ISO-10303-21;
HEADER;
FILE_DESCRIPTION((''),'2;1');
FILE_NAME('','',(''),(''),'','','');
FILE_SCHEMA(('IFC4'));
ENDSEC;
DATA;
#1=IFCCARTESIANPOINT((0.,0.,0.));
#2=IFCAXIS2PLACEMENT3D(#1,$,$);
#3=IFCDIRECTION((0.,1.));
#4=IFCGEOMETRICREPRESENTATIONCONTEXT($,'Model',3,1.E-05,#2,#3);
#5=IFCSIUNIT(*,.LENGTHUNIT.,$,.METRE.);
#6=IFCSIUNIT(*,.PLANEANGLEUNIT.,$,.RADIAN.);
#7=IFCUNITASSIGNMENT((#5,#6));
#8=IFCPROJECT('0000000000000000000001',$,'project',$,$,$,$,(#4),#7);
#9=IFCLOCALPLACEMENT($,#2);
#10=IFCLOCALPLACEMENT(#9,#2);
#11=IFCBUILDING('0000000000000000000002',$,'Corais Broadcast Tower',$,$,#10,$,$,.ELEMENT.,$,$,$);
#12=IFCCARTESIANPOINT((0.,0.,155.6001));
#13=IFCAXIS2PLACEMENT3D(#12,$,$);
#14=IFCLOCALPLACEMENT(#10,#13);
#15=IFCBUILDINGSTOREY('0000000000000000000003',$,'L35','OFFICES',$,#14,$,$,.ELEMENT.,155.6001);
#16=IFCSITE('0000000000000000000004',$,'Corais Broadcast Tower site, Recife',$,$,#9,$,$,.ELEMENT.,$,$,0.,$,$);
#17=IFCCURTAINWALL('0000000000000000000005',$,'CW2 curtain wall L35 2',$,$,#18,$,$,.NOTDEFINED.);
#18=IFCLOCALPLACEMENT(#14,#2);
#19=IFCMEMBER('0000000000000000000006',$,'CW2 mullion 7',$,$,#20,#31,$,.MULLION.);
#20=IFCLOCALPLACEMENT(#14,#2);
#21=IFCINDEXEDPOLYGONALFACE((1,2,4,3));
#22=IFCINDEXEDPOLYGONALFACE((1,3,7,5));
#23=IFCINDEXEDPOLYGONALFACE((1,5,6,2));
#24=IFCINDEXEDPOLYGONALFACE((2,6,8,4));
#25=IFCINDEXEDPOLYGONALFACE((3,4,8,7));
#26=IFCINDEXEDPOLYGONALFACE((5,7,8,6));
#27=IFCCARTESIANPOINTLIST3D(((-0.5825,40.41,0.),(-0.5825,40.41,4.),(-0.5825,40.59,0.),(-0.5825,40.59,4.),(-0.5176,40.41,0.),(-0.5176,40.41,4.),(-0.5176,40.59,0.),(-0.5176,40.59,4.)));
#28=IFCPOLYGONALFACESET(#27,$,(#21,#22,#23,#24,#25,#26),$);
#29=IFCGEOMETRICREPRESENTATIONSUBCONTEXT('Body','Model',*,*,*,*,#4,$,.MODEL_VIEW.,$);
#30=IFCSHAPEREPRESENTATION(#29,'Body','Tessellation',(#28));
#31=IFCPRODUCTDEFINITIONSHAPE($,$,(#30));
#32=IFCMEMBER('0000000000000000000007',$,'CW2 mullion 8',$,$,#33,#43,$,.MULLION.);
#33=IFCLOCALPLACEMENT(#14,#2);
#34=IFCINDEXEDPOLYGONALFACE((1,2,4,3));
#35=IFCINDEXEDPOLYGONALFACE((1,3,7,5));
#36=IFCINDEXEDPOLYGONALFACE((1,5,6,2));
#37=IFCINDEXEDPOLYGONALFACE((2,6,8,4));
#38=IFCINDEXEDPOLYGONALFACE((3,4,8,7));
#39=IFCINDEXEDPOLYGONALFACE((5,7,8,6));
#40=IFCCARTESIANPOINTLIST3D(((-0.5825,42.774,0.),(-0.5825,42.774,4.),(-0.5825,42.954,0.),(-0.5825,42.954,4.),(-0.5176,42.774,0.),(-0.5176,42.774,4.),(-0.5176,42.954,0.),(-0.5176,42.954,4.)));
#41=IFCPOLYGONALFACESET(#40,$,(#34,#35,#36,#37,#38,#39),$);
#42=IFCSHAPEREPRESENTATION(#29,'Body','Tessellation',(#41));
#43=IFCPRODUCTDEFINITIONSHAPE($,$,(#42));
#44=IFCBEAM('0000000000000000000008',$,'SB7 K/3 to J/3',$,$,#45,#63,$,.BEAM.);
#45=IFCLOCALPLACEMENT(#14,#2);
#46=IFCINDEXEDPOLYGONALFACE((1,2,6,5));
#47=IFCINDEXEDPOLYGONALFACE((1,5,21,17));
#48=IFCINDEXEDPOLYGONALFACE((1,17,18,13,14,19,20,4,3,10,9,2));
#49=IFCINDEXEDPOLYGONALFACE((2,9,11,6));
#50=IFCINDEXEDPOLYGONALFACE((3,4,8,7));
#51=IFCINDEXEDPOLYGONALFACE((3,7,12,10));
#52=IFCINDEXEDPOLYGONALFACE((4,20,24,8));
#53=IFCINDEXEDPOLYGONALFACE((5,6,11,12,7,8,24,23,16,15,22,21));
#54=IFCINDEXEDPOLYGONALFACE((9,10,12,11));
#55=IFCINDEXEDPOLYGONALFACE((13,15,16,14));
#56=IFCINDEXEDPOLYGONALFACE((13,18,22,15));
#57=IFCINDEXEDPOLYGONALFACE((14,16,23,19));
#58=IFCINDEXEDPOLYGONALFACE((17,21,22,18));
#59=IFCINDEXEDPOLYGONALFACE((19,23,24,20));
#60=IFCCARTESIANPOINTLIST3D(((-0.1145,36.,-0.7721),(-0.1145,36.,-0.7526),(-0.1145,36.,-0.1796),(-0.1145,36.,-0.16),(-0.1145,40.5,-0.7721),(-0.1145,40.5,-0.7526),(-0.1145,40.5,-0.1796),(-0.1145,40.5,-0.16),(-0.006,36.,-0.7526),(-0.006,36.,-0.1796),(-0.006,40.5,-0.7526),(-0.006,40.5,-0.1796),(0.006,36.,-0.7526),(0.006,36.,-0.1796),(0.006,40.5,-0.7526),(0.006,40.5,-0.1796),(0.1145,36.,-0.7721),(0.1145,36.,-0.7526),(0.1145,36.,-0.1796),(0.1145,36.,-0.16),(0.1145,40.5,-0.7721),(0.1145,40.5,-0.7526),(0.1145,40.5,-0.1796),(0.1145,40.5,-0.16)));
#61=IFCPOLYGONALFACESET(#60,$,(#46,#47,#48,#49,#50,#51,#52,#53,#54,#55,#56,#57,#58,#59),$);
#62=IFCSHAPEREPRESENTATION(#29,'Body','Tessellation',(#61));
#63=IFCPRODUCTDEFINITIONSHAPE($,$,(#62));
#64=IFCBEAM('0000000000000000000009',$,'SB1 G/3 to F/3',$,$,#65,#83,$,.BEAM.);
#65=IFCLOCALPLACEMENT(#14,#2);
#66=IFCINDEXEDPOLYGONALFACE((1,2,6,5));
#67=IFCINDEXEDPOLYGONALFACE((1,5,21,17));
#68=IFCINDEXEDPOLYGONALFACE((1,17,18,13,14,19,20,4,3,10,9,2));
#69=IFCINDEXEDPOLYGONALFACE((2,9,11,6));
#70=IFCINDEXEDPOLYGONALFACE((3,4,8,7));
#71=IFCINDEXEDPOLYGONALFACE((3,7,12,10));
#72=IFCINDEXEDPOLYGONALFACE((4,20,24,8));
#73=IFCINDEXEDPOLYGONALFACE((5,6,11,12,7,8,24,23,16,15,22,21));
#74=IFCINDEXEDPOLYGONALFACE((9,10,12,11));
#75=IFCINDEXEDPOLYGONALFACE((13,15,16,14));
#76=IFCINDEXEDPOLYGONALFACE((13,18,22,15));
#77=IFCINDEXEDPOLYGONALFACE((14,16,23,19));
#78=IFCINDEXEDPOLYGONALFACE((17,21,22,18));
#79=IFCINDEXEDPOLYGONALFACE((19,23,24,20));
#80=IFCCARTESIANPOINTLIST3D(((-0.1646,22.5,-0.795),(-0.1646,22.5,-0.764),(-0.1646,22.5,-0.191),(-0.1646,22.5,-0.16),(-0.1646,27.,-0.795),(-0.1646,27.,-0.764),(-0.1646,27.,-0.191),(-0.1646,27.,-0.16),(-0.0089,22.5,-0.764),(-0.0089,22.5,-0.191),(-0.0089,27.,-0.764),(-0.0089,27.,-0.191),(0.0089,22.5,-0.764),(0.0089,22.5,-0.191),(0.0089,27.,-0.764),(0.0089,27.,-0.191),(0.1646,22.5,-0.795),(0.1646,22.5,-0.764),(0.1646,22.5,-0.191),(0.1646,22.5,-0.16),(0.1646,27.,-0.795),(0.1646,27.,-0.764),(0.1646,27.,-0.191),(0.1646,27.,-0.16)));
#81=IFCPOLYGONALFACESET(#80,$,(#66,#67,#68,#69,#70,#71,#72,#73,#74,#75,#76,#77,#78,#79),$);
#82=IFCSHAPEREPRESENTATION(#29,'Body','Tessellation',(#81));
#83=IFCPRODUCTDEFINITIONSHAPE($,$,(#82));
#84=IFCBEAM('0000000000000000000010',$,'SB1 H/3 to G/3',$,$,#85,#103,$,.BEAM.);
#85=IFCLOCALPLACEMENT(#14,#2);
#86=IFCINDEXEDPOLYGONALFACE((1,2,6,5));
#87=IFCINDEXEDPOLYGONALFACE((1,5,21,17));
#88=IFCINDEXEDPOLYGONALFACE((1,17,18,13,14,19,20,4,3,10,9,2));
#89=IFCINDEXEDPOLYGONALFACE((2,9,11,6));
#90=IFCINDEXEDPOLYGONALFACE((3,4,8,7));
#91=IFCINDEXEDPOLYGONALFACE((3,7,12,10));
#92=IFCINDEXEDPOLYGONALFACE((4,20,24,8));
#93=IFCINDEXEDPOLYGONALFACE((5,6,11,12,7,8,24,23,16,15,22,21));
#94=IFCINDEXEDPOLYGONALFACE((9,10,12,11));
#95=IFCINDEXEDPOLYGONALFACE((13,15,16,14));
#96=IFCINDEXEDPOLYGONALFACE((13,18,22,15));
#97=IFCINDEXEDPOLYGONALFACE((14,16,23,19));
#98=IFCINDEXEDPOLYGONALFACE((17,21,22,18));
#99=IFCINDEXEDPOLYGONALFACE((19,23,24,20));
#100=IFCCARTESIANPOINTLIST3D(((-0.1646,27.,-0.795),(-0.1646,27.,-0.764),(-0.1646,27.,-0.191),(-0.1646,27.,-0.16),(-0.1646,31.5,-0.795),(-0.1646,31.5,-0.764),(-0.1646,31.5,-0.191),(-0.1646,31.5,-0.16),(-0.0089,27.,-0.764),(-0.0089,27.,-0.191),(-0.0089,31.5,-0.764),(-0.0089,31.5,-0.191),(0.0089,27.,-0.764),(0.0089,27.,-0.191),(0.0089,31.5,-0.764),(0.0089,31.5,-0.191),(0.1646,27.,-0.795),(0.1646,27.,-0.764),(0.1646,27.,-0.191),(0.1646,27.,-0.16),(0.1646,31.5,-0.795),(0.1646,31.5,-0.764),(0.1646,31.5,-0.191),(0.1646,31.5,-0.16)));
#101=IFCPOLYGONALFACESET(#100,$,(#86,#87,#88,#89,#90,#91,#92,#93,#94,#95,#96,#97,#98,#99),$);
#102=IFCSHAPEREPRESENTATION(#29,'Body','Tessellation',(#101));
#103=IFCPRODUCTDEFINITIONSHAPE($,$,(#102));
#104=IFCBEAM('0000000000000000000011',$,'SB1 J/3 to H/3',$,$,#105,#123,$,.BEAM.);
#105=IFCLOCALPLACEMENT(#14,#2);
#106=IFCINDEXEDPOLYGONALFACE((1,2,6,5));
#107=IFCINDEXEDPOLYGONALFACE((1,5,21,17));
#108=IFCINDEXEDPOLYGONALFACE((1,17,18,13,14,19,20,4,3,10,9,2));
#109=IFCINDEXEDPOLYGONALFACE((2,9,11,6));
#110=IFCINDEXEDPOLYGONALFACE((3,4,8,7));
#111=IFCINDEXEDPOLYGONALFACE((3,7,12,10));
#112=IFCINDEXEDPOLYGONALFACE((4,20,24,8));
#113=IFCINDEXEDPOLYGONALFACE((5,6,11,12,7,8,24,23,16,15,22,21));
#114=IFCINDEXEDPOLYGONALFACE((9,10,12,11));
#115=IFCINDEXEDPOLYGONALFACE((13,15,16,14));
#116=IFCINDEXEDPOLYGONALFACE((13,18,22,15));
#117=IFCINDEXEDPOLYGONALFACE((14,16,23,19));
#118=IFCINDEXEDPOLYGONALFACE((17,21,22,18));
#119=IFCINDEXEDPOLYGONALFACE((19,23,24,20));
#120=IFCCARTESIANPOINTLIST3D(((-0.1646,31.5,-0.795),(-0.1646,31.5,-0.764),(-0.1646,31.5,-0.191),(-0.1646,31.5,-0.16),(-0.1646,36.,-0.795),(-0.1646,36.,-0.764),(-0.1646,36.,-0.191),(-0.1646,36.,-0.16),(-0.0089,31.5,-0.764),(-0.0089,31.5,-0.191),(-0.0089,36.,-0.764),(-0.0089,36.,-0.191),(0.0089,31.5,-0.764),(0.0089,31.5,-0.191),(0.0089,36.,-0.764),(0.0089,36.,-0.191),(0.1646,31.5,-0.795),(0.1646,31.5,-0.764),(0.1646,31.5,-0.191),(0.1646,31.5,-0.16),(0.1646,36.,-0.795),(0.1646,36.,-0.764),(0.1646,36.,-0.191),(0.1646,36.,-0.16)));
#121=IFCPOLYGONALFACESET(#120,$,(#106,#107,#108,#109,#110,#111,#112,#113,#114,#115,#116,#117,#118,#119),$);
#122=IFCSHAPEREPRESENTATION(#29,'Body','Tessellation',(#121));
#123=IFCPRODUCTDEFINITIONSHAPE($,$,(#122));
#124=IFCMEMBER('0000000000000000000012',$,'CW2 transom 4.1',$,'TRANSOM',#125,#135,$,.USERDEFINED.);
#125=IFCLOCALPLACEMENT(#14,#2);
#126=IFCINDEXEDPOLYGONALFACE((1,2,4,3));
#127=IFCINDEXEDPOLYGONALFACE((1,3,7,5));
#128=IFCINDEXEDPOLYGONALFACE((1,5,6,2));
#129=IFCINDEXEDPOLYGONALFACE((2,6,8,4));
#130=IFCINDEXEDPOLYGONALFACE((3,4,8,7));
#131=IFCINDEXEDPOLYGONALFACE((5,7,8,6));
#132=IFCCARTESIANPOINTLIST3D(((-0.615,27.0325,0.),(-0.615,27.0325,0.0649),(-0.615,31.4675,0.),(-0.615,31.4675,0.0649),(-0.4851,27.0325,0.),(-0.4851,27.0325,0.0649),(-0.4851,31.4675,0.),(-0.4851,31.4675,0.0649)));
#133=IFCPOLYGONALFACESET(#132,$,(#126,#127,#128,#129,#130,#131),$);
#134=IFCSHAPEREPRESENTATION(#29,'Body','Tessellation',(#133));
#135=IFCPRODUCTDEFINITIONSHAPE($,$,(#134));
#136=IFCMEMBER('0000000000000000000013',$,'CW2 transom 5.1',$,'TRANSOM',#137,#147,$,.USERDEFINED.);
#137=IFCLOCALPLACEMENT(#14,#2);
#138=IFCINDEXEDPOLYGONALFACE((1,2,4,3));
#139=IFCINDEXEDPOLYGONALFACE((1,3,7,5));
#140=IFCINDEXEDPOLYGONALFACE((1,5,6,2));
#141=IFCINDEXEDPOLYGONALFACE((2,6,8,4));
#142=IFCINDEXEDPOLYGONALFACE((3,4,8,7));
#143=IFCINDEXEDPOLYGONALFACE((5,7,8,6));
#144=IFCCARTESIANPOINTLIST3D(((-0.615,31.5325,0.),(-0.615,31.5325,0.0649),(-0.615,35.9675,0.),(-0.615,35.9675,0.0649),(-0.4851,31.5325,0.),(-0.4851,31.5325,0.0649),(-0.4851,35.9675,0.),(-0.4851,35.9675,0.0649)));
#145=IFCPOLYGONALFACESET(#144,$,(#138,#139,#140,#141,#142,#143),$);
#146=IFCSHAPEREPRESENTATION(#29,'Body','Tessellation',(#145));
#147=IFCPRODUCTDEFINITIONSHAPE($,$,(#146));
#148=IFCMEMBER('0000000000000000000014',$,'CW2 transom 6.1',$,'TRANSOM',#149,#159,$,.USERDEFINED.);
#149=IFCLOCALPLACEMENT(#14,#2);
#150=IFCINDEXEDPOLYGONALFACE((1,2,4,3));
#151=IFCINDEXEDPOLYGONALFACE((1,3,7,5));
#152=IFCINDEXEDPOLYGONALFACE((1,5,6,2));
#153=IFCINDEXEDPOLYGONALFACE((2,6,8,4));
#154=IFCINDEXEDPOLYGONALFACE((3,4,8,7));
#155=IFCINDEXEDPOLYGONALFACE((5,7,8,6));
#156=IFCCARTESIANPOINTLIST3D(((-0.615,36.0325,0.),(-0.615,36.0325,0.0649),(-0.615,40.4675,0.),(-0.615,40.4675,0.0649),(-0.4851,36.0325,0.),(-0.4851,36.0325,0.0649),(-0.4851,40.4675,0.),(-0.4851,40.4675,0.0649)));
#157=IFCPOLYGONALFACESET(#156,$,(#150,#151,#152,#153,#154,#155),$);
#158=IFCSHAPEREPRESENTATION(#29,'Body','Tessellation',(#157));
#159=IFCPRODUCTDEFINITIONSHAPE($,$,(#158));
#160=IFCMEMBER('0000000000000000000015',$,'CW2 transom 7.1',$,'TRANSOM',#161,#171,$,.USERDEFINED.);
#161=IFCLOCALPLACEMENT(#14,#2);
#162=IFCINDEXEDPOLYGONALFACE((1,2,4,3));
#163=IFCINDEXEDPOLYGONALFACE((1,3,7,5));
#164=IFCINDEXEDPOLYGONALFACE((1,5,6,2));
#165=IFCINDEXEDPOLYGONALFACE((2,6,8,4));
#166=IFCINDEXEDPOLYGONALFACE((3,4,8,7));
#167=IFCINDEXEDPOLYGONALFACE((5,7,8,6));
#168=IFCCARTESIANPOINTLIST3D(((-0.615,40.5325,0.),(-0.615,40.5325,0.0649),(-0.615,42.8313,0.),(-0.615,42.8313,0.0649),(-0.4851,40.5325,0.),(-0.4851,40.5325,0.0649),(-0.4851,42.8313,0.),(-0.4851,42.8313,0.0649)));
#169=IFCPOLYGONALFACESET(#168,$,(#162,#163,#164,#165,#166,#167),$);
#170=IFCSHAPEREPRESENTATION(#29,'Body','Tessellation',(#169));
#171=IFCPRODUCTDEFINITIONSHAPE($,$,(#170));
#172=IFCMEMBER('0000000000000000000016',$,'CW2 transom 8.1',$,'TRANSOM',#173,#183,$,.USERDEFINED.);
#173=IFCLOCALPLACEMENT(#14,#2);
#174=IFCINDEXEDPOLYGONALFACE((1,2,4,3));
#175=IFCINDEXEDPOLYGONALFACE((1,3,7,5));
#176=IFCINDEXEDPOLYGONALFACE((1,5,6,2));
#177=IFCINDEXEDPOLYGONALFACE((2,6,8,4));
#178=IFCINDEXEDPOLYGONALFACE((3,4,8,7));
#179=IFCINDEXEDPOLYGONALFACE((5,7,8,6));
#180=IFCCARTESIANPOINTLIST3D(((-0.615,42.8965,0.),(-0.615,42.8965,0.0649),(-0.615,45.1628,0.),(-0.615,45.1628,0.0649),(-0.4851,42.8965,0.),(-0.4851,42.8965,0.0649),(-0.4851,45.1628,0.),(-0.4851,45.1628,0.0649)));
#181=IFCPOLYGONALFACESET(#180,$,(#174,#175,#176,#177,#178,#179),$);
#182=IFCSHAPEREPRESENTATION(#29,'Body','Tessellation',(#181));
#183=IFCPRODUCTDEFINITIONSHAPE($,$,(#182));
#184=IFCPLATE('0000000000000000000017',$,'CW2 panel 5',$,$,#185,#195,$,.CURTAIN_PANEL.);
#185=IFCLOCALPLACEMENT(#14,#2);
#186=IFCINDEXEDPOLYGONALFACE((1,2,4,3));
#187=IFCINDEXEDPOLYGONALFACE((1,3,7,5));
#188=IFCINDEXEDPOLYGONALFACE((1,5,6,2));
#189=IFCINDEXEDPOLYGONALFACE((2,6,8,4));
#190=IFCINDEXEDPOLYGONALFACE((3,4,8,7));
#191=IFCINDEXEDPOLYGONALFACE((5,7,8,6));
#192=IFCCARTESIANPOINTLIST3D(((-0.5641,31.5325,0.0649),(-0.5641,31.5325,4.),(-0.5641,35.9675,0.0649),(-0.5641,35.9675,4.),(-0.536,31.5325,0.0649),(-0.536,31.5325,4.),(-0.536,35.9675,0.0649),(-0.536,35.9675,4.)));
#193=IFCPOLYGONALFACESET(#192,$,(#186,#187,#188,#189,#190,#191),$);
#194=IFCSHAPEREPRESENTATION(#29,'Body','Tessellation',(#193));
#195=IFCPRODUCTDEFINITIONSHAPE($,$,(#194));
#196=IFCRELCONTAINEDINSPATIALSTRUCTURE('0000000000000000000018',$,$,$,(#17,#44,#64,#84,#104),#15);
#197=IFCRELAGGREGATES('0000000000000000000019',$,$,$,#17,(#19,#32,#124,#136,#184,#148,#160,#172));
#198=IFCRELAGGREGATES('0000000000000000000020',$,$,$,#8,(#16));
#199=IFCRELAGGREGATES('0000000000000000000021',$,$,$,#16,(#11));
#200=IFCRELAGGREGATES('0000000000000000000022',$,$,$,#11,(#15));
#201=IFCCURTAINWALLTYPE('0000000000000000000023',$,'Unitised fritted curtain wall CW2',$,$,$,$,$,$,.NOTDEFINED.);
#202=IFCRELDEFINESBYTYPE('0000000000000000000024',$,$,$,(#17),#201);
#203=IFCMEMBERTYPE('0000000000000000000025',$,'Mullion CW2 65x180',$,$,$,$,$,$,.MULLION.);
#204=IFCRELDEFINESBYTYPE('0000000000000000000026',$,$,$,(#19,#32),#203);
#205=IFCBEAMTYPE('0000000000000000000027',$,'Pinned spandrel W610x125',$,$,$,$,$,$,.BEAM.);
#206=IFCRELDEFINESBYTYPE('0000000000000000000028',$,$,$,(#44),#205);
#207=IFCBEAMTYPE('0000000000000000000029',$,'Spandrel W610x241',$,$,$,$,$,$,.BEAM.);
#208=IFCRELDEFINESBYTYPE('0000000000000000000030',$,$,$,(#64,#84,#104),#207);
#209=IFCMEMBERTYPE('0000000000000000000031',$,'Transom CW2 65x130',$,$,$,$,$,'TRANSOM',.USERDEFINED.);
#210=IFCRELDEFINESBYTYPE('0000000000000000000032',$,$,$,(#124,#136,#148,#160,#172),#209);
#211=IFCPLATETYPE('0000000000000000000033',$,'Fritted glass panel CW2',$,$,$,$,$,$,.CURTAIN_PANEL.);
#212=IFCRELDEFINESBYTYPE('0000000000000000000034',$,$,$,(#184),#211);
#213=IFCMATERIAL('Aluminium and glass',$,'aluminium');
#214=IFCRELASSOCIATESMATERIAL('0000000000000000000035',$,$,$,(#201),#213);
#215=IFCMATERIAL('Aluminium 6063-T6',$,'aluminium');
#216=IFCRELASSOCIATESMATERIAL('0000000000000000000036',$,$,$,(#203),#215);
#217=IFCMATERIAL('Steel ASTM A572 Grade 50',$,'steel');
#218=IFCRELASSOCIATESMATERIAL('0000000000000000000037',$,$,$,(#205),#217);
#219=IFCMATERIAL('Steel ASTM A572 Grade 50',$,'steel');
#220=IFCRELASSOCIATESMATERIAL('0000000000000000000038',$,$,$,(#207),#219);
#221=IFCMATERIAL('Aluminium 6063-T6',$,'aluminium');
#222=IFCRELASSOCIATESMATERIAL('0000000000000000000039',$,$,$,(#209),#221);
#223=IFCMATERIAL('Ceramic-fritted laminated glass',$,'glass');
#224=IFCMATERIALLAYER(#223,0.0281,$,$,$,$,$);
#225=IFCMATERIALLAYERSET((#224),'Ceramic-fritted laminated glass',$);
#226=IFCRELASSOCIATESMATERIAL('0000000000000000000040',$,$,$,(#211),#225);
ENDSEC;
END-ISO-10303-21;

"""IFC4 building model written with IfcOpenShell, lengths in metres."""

from ifc_helpers import new_model, si_unit, direction, frame, origin, origin_2d, place, context, subcontext, project, spatial, rectangle, i_section, extrude, material, layer, layer_set, material_profile, profile_set, type_object, element, aggregate, save


model = new_model("IFC4")

# Units and contexts
model_context = context("Model", 3, precision=1e-05, world=origin(), true_north=direction((0.0, 1.0)))
body_context = subcontext(model_context, "Body", "Model", "MODEL_VIEW")
ifc_project = project(units=[si_unit("LENGTHUNIT", "METRE"), si_unit("PLANEANGLEUNIT", "RADIAN")], contexts=[model_context])

# Site, building, storey
site_placement = place(None, origin())
site = spatial("IfcSite", under=ifc_project, at=site_placement, Name="Corais Broadcast Tower site, Recife", CompositionType="ELEMENT", RefElevation=0.0)
building_placement = place(site_placement, origin())
building = spatial("IfcBuilding", under=site, at=building_placement, Name="Corais Broadcast Tower", CompositionType="ELEMENT")
storey_placement = place(building_placement, frame((0.0, 0.0, 155.6001)))
storey = spatial("IfcBuildingStorey", under=building, at=storey_placement, Name="L35", Description="OFFICES", CompositionType="ELEMENT", Elevation=155.6001)

# Curtain wall, members
ifc_material_1 = material(Name="Aluminium and glass", Category="aluminium")
curtain_wall_type = type_object("IfcCurtainWallType", Name="Unitised fritted curtain wall CW2", PredefinedType="NOTDEFINED", material=ifc_material_1)
curtain_wall_placement = place(storey_placement, origin())
curtain_wall = element("IfcCurtainWall", 1, at=curtain_wall_placement, inside=storey, type_object=curtain_wall_type, Name="CW2 curtain wall L35 2", PredefinedType="NOTDEFINED")
ifc_material_2 = material(Name="Aluminium 6063-T6", Category="aluminium")
ifc_material_profile_1 = material_profile(ifc_material_2, rectangle(XDim=0.0649, YDim=0.1799, at=origin_2d()), Name="Mullion CW2 65x180")
ifc_profile_set_1 = profile_set([ifc_material_profile_1], Name="Aluminium 6063-T6")
member_type_1 = type_object("IfcMemberType", Name="Mullion CW2 65x180", PredefinedType="MULLION", material=ifc_profile_set_1)
member_1_placement = place(storey_placement, frame((-0.55, 40.5, 0.0), z_axis=(0.0, 0.0, 1.0), x_axis=(-1.0, 0.0, 0.0)))
member_1 = element("IfcMember", 2, at=member_1_placement, type_object=member_type_1, Name="CW2 mullion 7", PredefinedType="MULLION", context=body_context, shape_type="SweptSolid", body=[
    extrude(rectangle(XDim=0.0649, YDim=0.1799, at=origin_2d()), origin(), (0.0, 0.0, 1.0), 4.0),
])
member_2_placement = place(storey_placement, frame((-0.55, 42.864, 0.0), z_axis=(0.0, 0.0, 1.0), x_axis=(-1.0, 0.0, 0.0)))
member_2 = element("IfcMember", 3, at=member_2_placement, type_object=member_type_1, Name="CW2 mullion 8", PredefinedType="MULLION", context=body_context, shape_type="SweptSolid", body=[
    extrude(rectangle(XDim=0.0649, YDim=0.1799, at=origin_2d()), origin(), (0.0, 0.0, 1.0), 4.0),
])

# Beams
ifc_material_3 = material(Name="Steel ASTM A572 Grade 50", Category="steel")
ifc_material_profile_2 = material_profile(ifc_material_3, i_section(OverallWidth=0.229, OverallDepth=0.6121, WebThickness=0.012, FlangeThickness=0.0195, at=origin_2d()), Name="W610x125")
ifc_profile_set_2 = profile_set([ifc_material_profile_2], Name="Steel ASTM A572 Grade 50")
beam_type_1 = type_object("IfcBeamType", Name="Pinned spandrel W610x125", PredefinedType="BEAM", material=ifc_profile_set_2)
beam_placement = place(storey_placement, frame((0.0, 40.5, -0.4661), z_axis=(0.0, -1.0, 0.0), x_axis=(1.0, 0.0, 0.0)))
element("IfcBeam", 4, at=beam_placement, inside=storey, type_object=beam_type_1, Name="SB7 K/3 to J/3", PredefinedType="BEAM", context=body_context, shape_type="SweptSolid", body=[
    extrude(i_section(OverallWidth=0.229, OverallDepth=0.6121, WebThickness=0.012, FlangeThickness=0.0195, at=origin_2d()), origin(), (0.0, 0.0, 1.0), 4.5),
])
ifc_material_4 = material(Name="Steel ASTM A572 Grade 50", Category="steel")
ifc_material_profile_3 = material_profile(ifc_material_4, i_section(OverallWidth=0.3291, OverallDepth=0.635, WebThickness=0.0178, FlangeThickness=0.031, at=origin_2d()), Name="W610x241")
ifc_profile_set_3 = profile_set([ifc_material_profile_3], Name="Steel ASTM A572 Grade 50")
beam_type_2 = type_object("IfcBeamType", Name="Spandrel W610x241", PredefinedType="BEAM", material=ifc_profile_set_3)
for number, where, z_axis, x_axis, name in (
    (5, (0.0, 27.0, -0.4775), (0.0, -1.0, 0.0), (1.0, 0.0, 0.0), "SB1 G/3 to F/3"),
    (6, (0.0, 31.5, -0.4775), (0.0, -1.0, 0.0), (1.0, 0.0, 0.0), "SB1 H/3 to G/3"),
    (7, (0.0, 36.0, -0.4775), (0.0, -1.0, 0.0), (1.0, 0.0, 0.0), "SB1 J/3 to H/3"),
):
    element("IfcBeam", number, at=place(storey_placement, frame(where, z_axis=z_axis, x_axis=x_axis)), inside=storey, type_object=beam_type_2, Name=name, PredefinedType="BEAM", context=body_context, shape_type="SweptSolid", body=[
        extrude(i_section(OverallWidth=0.3291, OverallDepth=0.635, WebThickness=0.0178, FlangeThickness=0.031, at=origin_2d()), origin(), (0.0, 0.0, 1.0), 4.5),
    ])

# Members
ifc_material_5 = material(Name="Aluminium 6063-T6", Category="aluminium")
ifc_material_profile_4 = material_profile(ifc_material_5, rectangle(XDim=0.1299, YDim=0.0649, at=origin_2d()), Name="Transom CW2 65x130")
ifc_profile_set_4 = profile_set([ifc_material_profile_4], Name="Aluminium 6063-T6")
member_type_2 = type_object("IfcMemberType", Name="Transom CW2 65x130", ElementType="TRANSOM", PredefinedType="USERDEFINED", material=ifc_profile_set_4)
member_3_placement = place(storey_placement, frame((-0.55, 27.0325, 0.0325), z_axis=(0.0, 1.0, 0.0), x_axis=(-1.0, 0.0, 0.0)))
member_3 = element("IfcMember", 8, at=member_3_placement, type_object=member_type_2, Name="CW2 transom 4.1", ObjectType="TRANSOM", PredefinedType="USERDEFINED", context=body_context, shape_type="SweptSolid", body=[
    extrude(rectangle(XDim=0.1299, YDim=0.0649, at=origin_2d()), origin(), (0.0, 0.0, 1.0), 4.4351),
])
member_4_placement = place(storey_placement, frame((-0.55, 31.5325, 0.0325), z_axis=(0.0, 1.0, 0.0), x_axis=(-1.0, 0.0, 0.0)))
member_4 = element("IfcMember", 9, at=member_4_placement, type_object=member_type_2, Name="CW2 transom 5.1", ObjectType="TRANSOM", PredefinedType="USERDEFINED", context=body_context, shape_type="SweptSolid", body=[
    extrude(rectangle(XDim=0.1299, YDim=0.0649, at=origin_2d()), origin(), (0.0, 0.0, 1.0), 4.4351),
])
member_5_placement = place(storey_placement, frame((-0.55, 36.0325, 0.0325), z_axis=(0.0, 1.0, 0.0), x_axis=(-1.0, 0.0, 0.0)))
member_5 = element("IfcMember", 10, at=member_5_placement, type_object=member_type_2, Name="CW2 transom 6.1", ObjectType="TRANSOM", PredefinedType="USERDEFINED", context=body_context, shape_type="SweptSolid", body=[
    extrude(rectangle(XDim=0.1299, YDim=0.0649, at=origin_2d()), origin(), (0.0, 0.0, 1.0), 4.4351),
])
member_6_placement = place(storey_placement, frame((-0.55, 40.5325, 0.0325), z_axis=(0.0, 1.0, 0.0), x_axis=(-1.0, 0.0, 0.0)))
member_6 = element("IfcMember", 11, at=member_6_placement, type_object=member_type_2, Name="CW2 transom 7.1", ObjectType="TRANSOM", PredefinedType="USERDEFINED", context=body_context, shape_type="SweptSolid", body=[
    extrude(rectangle(XDim=0.1299, YDim=0.0649, at=origin_2d()), origin(), (0.0, 0.0, 1.0), 2.2988),
])
member_7_placement = place(storey_placement, frame((-0.55, 42.8965, 0.0325), z_axis=(0.0, 1.0, 0.0), x_axis=(-1.0, 0.0, 0.0)))
member_7 = element("IfcMember", 12, at=member_7_placement, type_object=member_type_2, Name="CW2 transom 8.1", ObjectType="TRANSOM", PredefinedType="USERDEFINED", context=body_context, shape_type="SweptSolid", body=[
    extrude(rectangle(XDim=0.1299, YDim=0.0649, at=origin_2d()), origin(), (0.0, 0.0, 1.0), 2.2664),
])

# Plate
ifc_material_6 = material(Name="Ceramic-fritted laminated glass", Category="glass")
ifc_layer_1 = layer(ifc_material_6, 0.0281)
ifc_layer_set_1 = layer_set([ifc_layer_1], Name="Ceramic-fritted laminated glass")
plate_type_1 = type_object("IfcPlateType", Name="Fritted glass panel CW2", PredefinedType="CURTAIN_PANEL", material=ifc_layer_set_1)
plate_1_placement = place(storey_placement, frame((-0.55, 33.75, 0.0649), z_axis=(0.0, 0.0, 1.0), x_axis=(0.0, 1.0, 0.0)))
plate_1 = element("IfcPlate", 13, at=plate_1_placement, type_object=plate_type_1, Name="CW2 panel 5", PredefinedType="CURTAIN_PANEL", context=body_context, shape_type="SweptSolid", body=[
    extrude(rectangle(XDim=4.4351, YDim=0.0281, at=origin_2d()), origin(), (0.0, 0.0, 1.0), 3.9351),
])
aggregate(curtain_wall, [member_1, member_2, member_3, member_4, plate_1, member_5, member_6, member_7])

save(model, "model.ifc")
